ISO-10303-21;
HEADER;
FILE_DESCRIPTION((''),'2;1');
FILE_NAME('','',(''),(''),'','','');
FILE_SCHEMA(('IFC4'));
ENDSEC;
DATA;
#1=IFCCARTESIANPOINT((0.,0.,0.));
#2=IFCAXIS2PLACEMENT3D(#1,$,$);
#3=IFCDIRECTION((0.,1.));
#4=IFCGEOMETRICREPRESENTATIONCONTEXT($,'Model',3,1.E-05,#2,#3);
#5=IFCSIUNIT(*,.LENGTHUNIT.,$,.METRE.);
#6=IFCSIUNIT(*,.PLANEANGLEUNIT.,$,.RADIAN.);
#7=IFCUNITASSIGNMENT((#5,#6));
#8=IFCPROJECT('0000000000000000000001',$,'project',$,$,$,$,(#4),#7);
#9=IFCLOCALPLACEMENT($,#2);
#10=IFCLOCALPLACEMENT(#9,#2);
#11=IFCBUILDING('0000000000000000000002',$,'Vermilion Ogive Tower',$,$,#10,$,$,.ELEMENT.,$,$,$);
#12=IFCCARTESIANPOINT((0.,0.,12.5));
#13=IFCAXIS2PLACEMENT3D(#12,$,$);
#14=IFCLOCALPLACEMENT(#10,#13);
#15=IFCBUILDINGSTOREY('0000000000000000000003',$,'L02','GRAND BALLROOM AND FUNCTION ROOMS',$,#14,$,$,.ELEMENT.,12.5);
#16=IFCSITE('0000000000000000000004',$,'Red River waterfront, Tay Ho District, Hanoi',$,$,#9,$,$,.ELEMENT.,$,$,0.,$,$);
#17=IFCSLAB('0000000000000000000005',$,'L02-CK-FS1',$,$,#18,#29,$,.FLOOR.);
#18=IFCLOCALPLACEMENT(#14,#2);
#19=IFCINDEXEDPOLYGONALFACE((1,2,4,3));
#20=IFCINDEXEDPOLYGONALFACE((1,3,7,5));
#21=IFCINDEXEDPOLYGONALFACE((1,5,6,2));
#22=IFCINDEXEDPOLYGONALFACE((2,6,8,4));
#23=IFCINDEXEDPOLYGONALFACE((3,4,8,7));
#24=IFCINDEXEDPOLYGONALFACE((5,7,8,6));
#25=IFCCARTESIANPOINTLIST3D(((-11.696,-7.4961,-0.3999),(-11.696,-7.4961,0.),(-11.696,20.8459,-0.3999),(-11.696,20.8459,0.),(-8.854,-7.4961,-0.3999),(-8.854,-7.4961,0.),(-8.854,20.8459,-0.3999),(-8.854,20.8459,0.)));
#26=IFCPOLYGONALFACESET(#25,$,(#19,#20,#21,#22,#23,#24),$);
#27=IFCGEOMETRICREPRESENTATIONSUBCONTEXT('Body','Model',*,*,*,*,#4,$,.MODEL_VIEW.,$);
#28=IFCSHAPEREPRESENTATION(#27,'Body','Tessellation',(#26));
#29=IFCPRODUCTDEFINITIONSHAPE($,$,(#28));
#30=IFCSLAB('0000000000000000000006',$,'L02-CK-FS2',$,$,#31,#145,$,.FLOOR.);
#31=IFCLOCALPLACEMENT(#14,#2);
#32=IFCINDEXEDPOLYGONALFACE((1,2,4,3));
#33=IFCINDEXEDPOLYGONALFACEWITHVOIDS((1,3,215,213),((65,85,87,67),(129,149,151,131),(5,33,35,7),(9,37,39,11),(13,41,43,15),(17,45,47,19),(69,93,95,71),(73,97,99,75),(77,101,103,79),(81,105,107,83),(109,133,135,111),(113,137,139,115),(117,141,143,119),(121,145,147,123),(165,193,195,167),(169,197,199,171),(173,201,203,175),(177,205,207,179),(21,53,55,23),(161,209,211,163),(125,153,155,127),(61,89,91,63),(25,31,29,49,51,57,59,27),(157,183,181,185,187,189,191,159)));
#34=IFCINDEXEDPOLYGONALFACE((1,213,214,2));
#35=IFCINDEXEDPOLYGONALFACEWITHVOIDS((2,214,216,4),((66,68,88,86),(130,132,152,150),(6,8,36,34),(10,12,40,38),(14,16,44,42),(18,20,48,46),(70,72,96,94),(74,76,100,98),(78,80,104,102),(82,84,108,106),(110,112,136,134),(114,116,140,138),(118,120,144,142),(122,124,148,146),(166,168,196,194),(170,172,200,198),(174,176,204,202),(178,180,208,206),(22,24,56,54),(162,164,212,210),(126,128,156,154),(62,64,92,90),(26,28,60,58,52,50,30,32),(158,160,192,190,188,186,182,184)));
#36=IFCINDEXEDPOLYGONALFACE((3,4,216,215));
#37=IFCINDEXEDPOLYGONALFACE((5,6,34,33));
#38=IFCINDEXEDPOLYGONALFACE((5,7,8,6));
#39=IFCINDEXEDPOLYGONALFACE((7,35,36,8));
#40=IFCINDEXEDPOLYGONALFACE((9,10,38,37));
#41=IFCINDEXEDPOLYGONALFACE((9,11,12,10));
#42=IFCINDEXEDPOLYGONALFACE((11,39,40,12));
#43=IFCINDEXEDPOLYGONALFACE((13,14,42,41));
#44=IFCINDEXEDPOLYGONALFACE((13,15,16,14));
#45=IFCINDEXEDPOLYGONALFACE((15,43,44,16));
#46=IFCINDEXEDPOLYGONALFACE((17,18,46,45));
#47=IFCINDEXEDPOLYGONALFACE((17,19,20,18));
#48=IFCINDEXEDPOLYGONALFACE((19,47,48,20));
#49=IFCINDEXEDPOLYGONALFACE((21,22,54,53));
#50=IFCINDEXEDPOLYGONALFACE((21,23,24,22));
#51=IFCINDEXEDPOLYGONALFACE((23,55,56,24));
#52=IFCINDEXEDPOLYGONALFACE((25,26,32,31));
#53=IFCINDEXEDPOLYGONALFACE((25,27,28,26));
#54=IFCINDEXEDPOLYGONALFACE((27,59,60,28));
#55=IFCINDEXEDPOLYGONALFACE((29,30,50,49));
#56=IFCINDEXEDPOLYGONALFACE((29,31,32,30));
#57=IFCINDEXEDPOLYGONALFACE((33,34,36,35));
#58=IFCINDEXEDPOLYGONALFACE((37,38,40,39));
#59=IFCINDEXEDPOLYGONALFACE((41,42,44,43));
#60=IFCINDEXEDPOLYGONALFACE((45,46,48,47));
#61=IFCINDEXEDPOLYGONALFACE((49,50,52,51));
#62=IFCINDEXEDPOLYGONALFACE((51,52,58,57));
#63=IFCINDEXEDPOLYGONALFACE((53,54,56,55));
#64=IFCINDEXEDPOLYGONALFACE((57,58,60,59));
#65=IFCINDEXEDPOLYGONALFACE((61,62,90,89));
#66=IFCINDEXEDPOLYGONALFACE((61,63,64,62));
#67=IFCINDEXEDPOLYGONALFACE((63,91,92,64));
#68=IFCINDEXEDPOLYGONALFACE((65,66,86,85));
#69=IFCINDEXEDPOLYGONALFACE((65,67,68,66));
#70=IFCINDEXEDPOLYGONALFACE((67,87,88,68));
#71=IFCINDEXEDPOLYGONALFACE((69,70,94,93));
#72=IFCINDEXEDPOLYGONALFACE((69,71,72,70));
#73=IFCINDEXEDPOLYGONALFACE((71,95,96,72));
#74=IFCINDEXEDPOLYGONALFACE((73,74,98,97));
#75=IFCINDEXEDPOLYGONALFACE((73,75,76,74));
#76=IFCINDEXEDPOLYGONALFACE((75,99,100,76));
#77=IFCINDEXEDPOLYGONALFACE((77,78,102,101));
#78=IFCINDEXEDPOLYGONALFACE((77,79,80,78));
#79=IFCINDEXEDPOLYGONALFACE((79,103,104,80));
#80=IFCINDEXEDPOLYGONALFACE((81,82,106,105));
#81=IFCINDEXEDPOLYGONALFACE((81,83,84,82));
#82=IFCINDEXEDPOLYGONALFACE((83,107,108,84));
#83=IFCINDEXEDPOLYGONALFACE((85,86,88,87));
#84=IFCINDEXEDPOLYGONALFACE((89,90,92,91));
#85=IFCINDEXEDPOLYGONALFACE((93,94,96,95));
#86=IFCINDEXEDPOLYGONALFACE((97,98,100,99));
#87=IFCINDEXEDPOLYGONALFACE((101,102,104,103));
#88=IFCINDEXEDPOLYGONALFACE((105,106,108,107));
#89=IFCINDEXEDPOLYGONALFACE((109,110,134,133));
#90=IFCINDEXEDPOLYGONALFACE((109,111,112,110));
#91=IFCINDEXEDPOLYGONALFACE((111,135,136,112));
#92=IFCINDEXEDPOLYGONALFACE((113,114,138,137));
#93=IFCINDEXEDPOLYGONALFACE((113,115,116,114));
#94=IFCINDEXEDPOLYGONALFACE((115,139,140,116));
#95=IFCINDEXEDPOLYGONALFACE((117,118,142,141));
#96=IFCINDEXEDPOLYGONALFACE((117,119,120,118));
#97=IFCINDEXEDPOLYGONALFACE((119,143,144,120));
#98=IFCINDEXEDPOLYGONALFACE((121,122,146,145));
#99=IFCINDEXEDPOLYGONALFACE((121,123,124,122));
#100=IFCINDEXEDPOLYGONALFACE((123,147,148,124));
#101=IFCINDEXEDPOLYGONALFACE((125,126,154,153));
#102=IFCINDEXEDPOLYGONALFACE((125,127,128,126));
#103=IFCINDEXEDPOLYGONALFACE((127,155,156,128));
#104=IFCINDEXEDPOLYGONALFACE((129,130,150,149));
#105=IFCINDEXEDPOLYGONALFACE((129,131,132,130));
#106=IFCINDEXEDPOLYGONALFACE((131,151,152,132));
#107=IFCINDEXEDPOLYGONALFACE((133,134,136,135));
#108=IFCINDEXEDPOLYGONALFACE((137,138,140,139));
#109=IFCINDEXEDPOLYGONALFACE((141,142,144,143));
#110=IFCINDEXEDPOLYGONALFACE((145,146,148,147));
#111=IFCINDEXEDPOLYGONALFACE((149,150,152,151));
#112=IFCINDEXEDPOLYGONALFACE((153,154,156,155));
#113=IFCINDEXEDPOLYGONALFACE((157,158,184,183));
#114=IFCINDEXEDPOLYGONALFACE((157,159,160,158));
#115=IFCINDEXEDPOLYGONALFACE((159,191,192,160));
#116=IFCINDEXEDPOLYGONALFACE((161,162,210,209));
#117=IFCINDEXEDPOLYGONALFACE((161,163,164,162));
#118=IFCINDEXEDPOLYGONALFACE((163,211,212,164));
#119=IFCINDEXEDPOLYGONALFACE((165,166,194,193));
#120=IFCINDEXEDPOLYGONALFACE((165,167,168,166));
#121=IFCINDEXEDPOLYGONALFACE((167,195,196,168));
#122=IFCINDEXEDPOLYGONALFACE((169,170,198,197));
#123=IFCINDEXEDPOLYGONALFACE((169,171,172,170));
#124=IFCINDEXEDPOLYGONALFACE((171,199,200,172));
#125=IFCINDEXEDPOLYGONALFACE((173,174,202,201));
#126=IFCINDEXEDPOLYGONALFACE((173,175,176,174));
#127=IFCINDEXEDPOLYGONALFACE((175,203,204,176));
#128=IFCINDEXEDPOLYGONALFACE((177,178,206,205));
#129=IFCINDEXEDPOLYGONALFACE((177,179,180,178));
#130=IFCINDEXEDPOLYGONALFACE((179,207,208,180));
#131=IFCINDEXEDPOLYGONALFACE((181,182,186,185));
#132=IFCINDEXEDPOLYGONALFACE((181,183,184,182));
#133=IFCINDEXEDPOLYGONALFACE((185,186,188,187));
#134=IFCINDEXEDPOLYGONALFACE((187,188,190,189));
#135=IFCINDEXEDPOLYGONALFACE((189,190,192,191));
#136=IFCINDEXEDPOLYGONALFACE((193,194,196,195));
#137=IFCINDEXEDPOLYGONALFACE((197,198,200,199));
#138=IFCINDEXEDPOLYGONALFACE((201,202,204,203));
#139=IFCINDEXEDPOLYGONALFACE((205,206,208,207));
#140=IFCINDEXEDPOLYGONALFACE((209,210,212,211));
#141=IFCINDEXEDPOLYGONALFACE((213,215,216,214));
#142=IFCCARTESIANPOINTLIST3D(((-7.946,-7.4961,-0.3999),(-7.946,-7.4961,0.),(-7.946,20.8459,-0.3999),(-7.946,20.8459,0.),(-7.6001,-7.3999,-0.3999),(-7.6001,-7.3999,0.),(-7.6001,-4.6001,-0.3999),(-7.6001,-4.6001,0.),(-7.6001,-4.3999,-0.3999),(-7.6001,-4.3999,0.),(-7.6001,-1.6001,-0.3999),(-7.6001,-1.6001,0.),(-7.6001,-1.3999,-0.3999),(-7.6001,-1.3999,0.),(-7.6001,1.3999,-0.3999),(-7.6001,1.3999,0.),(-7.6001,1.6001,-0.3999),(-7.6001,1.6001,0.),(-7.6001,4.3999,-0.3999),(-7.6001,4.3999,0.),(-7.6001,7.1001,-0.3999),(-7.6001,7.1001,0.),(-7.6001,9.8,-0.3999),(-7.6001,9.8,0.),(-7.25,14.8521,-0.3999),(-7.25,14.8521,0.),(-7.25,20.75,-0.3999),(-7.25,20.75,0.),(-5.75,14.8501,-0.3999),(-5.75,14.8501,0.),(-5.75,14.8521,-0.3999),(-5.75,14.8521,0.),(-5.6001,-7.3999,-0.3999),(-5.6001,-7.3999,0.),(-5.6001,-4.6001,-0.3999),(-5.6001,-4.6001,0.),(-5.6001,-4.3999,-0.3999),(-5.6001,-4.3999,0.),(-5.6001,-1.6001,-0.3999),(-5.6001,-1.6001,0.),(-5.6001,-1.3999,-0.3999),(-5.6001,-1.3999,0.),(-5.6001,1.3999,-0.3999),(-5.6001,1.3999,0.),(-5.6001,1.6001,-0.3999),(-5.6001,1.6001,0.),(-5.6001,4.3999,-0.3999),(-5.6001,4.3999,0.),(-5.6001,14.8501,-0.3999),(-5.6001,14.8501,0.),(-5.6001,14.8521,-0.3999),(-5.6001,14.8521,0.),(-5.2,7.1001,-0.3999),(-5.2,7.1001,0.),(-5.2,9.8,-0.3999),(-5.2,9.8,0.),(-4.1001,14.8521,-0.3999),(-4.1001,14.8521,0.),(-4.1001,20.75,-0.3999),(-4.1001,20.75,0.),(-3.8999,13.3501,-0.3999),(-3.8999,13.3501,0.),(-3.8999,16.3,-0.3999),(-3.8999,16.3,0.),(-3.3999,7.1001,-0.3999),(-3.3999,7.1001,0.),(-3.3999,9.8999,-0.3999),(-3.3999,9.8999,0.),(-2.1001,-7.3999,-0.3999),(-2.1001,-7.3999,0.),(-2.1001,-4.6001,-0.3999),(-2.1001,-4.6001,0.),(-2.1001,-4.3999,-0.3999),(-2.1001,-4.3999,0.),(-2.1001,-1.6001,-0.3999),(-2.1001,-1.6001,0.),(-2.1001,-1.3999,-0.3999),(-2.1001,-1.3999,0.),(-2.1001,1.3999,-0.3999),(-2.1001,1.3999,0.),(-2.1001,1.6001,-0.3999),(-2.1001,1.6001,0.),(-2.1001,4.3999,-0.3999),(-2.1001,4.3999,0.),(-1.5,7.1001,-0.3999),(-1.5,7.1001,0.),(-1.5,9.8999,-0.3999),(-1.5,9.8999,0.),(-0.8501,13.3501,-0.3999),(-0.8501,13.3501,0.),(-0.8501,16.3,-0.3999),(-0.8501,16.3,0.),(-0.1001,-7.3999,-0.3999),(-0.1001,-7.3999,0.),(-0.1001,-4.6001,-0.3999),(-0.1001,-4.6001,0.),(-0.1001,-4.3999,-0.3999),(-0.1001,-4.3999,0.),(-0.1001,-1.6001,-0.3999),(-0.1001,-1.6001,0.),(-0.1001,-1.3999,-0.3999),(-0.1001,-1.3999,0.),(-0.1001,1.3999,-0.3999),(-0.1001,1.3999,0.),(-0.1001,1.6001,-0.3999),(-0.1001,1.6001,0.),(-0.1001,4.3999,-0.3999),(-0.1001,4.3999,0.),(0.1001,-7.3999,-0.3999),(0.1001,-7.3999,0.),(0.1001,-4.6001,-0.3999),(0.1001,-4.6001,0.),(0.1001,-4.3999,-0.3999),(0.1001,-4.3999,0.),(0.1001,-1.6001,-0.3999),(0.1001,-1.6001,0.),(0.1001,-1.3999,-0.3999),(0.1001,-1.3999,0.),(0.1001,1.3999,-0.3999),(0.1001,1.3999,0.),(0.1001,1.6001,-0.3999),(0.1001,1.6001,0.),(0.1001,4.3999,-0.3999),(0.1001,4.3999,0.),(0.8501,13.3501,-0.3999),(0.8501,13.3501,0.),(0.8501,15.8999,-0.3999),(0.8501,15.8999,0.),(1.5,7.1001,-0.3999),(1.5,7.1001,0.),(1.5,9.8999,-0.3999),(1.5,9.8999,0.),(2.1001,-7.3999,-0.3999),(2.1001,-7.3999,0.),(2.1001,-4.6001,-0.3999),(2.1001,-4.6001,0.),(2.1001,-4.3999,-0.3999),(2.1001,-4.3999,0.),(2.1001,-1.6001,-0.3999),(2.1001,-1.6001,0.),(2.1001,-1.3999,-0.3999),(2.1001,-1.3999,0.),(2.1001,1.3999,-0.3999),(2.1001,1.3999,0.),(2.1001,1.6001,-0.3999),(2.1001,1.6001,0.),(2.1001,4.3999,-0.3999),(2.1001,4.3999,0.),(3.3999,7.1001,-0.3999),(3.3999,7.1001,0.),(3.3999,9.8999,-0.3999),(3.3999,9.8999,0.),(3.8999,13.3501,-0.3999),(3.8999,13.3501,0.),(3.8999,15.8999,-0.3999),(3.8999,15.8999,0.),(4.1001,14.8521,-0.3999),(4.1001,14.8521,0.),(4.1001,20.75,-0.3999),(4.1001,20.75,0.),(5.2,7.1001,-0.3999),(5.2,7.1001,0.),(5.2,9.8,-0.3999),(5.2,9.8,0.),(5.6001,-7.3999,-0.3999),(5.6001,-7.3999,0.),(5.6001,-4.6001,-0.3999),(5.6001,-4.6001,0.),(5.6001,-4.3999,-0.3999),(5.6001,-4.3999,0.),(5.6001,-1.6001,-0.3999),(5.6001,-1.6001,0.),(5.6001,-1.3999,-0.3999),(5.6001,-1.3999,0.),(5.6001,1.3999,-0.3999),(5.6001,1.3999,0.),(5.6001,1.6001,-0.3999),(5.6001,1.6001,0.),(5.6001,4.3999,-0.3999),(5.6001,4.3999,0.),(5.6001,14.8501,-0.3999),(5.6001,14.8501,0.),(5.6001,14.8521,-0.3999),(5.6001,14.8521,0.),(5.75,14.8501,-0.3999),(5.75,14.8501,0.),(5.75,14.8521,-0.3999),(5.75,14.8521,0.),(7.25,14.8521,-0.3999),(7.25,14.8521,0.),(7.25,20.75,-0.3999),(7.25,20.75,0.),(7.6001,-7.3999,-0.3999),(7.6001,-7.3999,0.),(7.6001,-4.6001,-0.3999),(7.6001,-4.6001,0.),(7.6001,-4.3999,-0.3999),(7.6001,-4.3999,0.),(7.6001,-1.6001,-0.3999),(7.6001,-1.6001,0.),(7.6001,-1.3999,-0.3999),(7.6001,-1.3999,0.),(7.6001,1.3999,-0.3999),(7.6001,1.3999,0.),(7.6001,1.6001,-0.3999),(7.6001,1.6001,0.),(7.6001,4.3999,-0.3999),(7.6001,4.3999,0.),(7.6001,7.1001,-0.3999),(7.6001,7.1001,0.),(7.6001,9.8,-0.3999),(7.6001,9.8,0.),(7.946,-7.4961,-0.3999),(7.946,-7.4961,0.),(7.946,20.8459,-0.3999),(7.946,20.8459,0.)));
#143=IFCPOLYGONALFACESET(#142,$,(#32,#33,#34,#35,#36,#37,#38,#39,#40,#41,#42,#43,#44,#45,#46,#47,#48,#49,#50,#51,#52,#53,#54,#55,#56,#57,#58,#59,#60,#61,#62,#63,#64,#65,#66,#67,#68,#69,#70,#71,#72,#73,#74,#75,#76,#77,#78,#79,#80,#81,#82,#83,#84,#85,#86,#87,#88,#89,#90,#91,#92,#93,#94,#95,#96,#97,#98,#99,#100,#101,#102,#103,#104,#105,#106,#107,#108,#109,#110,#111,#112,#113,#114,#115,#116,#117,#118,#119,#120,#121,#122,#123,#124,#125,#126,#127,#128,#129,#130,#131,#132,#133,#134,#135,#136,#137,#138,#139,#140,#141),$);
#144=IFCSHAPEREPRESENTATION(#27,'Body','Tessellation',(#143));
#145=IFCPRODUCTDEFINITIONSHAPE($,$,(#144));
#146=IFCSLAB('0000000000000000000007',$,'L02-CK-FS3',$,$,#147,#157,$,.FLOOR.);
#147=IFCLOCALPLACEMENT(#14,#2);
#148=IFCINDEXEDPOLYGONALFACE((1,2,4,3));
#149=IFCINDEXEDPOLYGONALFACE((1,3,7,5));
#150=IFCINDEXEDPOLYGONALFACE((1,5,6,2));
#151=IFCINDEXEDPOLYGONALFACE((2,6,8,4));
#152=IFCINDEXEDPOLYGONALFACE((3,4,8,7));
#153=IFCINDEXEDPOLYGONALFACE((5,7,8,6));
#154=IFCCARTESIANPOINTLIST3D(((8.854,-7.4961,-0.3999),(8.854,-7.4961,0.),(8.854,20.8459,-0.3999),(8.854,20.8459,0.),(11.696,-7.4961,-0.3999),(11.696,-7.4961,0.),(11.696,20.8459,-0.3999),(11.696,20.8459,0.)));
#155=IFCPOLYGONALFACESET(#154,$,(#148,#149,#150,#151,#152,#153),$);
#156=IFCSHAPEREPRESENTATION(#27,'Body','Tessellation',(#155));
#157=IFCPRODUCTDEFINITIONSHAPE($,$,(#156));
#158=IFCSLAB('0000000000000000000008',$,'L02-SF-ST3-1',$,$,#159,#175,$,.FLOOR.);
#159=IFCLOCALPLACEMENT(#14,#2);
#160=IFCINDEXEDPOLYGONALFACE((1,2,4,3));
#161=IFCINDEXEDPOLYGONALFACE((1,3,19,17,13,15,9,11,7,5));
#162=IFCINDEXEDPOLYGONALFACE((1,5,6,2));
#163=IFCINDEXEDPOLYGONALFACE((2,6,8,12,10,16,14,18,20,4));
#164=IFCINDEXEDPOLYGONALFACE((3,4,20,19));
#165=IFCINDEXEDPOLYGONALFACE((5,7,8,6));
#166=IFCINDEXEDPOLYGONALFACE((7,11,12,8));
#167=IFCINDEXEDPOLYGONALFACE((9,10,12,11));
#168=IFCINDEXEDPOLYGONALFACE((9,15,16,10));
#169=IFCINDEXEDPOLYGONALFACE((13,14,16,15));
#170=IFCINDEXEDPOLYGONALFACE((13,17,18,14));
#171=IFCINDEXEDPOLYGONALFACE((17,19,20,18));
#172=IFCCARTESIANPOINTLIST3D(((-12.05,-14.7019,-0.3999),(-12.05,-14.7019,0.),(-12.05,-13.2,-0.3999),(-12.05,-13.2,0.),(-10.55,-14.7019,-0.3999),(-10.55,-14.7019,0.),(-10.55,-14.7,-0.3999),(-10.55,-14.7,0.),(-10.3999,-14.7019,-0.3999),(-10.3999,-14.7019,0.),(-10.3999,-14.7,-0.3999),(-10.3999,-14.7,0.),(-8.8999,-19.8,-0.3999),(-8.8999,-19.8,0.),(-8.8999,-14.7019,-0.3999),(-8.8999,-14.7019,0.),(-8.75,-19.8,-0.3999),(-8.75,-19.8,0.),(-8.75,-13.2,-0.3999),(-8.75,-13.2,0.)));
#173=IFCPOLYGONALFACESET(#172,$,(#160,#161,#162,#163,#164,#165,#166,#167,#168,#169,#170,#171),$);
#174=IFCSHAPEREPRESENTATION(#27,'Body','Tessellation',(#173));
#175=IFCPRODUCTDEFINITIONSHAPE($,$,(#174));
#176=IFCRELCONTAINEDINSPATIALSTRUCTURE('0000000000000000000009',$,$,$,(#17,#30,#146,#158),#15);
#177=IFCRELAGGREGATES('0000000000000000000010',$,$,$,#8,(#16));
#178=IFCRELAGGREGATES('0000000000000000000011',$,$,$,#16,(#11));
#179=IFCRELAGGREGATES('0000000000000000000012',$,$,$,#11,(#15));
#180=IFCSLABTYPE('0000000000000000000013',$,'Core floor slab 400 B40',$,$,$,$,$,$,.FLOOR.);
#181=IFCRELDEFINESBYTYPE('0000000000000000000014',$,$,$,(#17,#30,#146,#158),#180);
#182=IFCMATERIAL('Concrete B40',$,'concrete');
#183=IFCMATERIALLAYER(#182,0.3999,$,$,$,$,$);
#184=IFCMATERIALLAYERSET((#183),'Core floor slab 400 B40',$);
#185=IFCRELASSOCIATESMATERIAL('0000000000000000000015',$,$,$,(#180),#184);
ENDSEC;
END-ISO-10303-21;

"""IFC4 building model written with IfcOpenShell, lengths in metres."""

from ifc_helpers import new_model, si_unit, direction, frame, origin, place, context, subcontext, project, spatial, polyline, outline, extrude, material, layer, layer_set, type_object, element, save


model = new_model("IFC4")

# Units and contexts
model_context = context("Model", 3, precision=1e-05, world=origin(), true_north=direction((0.0, 1.0)))
body_context = subcontext(model_context, "Body", "Model", "MODEL_VIEW")
ifc_project = project(units=[si_unit("LENGTHUNIT", "METRE"), si_unit("PLANEANGLEUNIT", "RADIAN")], contexts=[model_context])

# Site, building, storey
site_placement = place(None, origin())
site = spatial("IfcSite", under=ifc_project, at=site_placement, Name="Red River waterfront, Tay Ho District, Hanoi", CompositionType="ELEMENT", RefElevation=0.0)
building_placement = place(site_placement, origin())
building = spatial("IfcBuilding", under=site, at=building_placement, Name="Vermilion Ogive Tower", CompositionType="ELEMENT")
storey_placement = place(building_placement, frame((0.0, 0.0, 12.5)))
storey = spatial("IfcBuildingStorey", under=building, at=storey_placement, Name="L02", Description="GRAND BALLROOM AND FUNCTION ROOMS", CompositionType="ELEMENT", Elevation=12.5)

# Slabs
ifc_material_1 = material(Name="Concrete B40", Category="concrete")
ifc_layer_1 = layer(ifc_material_1, 0.3999)
ifc_layer_set_1 = layer_set([ifc_layer_1], Name="Core floor slab 400 B40")
slab_type = type_object("IfcSlabType", Name="Core floor slab 400 B40", PredefinedType="FLOOR", material=ifc_layer_set_1)
slab_1_placement = place(storey_placement, frame((0.0, 0.0, -0.3999)))
element("IfcSlab", 1, at=slab_1_placement, inside=storey, type_object=slab_type, Name="L02-CK-FS1", PredefinedType="FLOOR", context=body_context, shape_type="SweptSolid", body=[
    extrude(outline(polyline([(-8.854, -7.4961), (-11.696, -7.4961), (-11.696, 20.8459), (-8.854, 20.8459), (-8.854, -7.4961)])), origin(), (0.0, 0.0, 1.0), 0.3999),
])
slab_2_placement = place(storey_placement, frame((0.0, 0.0, -0.3999)))
element("IfcSlab", 2, at=slab_2_placement, inside=storey, type_object=slab_type, Name="L02-CK-FS2", PredefinedType="FLOOR", context=body_context, shape_type="SweptSolid", body=[
    extrude(outline(polyline([(-7.946, 20.8459), (-7.946, -7.4961), (7.946, -7.4961), (7.946, 20.8459), (-7.946, 20.8459)]), holes=[polyline([(-5.6001, -7.3999), (-7.6001, -7.3999), (-7.6001, -4.6001), (-5.6001, -4.6001), (-5.6001, -7.3999)]), polyline([(-0.1001, -7.3999), (-2.1001, -7.3999), (-2.1001, -4.6001), (-0.1001, -4.6001), (-0.1001, -7.3999)]), polyline([(-5.6001, -4.3999), (-7.6001, -4.3999), (-7.6001, -1.6001), (-5.6001, -1.6001), (-5.6001, -4.3999)]), polyline([(-0.1001, -4.3999), (-2.1001, -4.3999), (-2.1001, -1.6001), (-0.1001, -1.6001), (-0.1001, -4.3999)]), polyline([(-7.6001, -1.3999), (-7.6001, 1.3999), (-5.6001, 1.3999), (-5.6001, -1.3999), (-7.6001, -1.3999)]), polyline([(-0.1001, -1.3999), (-2.1001, -1.3999), (-2.1001, 1.3999), (-0.1001, 1.3999), (-0.1001, -1.3999)]), polyline([(2.1001, 1.6001), (0.1001, 1.6001), (0.1001, 4.3999), (2.1001, 4.3999), (2.1001, 1.6001)]), polyline([(-0.1001, 1.6001), (-2.1001, 1.6001), (-2.1001, 4.3999), (-0.1001, 4.3999), (-0.1001, 1.6001)]), polyline([(-7.6001, 1.6001), (-7.6001, 4.3999), (-5.6001, 4.3999), (-5.6001, 1.6001), (-7.6001, 1.6001)]), polyline([(-7.6001, 7.1001), (-7.6001, 9.8), (-5.2, 9.8), (-5.2, 7.1001), (-7.6001, 7.1001)]), polyline([(-1.5, 7.1001), (-3.3999, 7.1001), (-3.3999, 9.8999), (-1.5, 9.8999), (-1.5, 7.1001)]), polyline([(-0.8501, 13.3501), (-3.8999, 13.3501), (-3.8999, 16.3), (-0.8501, 16.3), (-0.8501, 13.3501)]), polyline([(-7.25, 14.8521), (-7.25, 20.75), (-4.1001, 20.75), (-4.1001, 14.8521), (-5.6001, 14.8521), (-5.6001, 14.8501), (-5.75, 14.8501), (-5.75, 14.8521), (-7.25, 14.8521)]), polyline([(2.1001, -7.3999), (0.1001, -7.3999), (0.1001, -4.6001), (2.1001, -4.6001), (2.1001, -7.3999)]), polyline([(7.6001, -7.3999), (5.6001, -7.3999), (5.6001, -4.6001), (7.6001, -4.6001), (7.6001, -7.3999)]), polyline([(7.6001, -4.3999), (5.6001, -4.3999), (5.6001, -1.6001), (7.6001, -1.6001), (7.6001, -4.3999)]), polyline([(0.1001, -4.3999), (0.1001, -1.6001), (2.1001, -1.6001), (2.1001, -4.3999), (0.1001, -4.3999)]), polyline([(7.6001, -1.3999), (5.6001, -1.3999), (5.6001, 1.3999), (7.6001, 1.3999), (7.6001, -1.3999)]), polyline([(2.1001, -1.3999), (0.1001, -1.3999), (0.1001, 1.3999), (2.1001, 1.3999), (2.1001, -1.3999)]), polyline([(5.6001, 1.6001), (5.6001, 4.3999), (7.6001, 4.3999), (7.6001, 1.6001), (5.6001, 1.6001)]), polyline([(5.2, 7.1001), (5.2, 9.8), (7.6001, 9.8), (7.6001, 7.1001), (5.2, 7.1001)]), polyline([(3.3999, 7.1001), (1.5, 7.1001), (1.5, 9.8999), (3.3999, 9.8999), (3.3999, 7.1001)]), polyline([(3.8999, 13.3501), (0.8501, 13.3501), (0.8501, 15.8999), (3.8999, 15.8999), (3.8999, 13.3501)]), polyline([(5.75, 14.8501), (5.6001, 14.8501), (5.6001, 14.8521), (4.1001, 14.8521), (4.1001, 20.75), (7.25, 20.75), (7.25, 14.8521), (5.75, 14.8521), (5.75, 14.8501)])]), origin(), (0.0, 0.0, 1.0), 0.3999),
])
slab_3_placement = place(storey_placement, frame((0.0, 0.0, -0.3999)))
element("IfcSlab", 3, at=slab_3_placement, inside=storey, type_object=slab_type, Name="L02-CK-FS3", PredefinedType="FLOOR", context=body_context, shape_type="SweptSolid", body=[
    extrude(outline(polyline([(8.854, 20.8459), (11.696, 20.8459), (11.696, -7.4961), (8.854, -7.4961), (8.854, 20.8459)])), origin(), (0.0, 0.0, 1.0), 0.3999),
])
slab_4_placement = place(storey_placement, frame((0.0, 0.0, -0.3999)))
element("IfcSlab", 4, at=slab_4_placement, inside=storey, type_object=slab_type, Name="L02-SF-ST3-1", PredefinedType="FLOOR", context=body_context, shape_type="SweptSolid", body=[
    extrude(outline(polyline([(-12.05, -13.2), (-12.05, -14.7019), (-10.55, -14.7019), (-10.55, -14.7), (-10.3999, -14.7), (-10.3999, -14.7019), (-8.8999, -14.7019), (-8.8999, -19.8), (-8.75, -19.8), (-8.75, -13.2), (-12.05, -13.2)])), origin(), (0.0, 0.0, 1.0), 0.3999),
])

save(model, "model.ifc")
